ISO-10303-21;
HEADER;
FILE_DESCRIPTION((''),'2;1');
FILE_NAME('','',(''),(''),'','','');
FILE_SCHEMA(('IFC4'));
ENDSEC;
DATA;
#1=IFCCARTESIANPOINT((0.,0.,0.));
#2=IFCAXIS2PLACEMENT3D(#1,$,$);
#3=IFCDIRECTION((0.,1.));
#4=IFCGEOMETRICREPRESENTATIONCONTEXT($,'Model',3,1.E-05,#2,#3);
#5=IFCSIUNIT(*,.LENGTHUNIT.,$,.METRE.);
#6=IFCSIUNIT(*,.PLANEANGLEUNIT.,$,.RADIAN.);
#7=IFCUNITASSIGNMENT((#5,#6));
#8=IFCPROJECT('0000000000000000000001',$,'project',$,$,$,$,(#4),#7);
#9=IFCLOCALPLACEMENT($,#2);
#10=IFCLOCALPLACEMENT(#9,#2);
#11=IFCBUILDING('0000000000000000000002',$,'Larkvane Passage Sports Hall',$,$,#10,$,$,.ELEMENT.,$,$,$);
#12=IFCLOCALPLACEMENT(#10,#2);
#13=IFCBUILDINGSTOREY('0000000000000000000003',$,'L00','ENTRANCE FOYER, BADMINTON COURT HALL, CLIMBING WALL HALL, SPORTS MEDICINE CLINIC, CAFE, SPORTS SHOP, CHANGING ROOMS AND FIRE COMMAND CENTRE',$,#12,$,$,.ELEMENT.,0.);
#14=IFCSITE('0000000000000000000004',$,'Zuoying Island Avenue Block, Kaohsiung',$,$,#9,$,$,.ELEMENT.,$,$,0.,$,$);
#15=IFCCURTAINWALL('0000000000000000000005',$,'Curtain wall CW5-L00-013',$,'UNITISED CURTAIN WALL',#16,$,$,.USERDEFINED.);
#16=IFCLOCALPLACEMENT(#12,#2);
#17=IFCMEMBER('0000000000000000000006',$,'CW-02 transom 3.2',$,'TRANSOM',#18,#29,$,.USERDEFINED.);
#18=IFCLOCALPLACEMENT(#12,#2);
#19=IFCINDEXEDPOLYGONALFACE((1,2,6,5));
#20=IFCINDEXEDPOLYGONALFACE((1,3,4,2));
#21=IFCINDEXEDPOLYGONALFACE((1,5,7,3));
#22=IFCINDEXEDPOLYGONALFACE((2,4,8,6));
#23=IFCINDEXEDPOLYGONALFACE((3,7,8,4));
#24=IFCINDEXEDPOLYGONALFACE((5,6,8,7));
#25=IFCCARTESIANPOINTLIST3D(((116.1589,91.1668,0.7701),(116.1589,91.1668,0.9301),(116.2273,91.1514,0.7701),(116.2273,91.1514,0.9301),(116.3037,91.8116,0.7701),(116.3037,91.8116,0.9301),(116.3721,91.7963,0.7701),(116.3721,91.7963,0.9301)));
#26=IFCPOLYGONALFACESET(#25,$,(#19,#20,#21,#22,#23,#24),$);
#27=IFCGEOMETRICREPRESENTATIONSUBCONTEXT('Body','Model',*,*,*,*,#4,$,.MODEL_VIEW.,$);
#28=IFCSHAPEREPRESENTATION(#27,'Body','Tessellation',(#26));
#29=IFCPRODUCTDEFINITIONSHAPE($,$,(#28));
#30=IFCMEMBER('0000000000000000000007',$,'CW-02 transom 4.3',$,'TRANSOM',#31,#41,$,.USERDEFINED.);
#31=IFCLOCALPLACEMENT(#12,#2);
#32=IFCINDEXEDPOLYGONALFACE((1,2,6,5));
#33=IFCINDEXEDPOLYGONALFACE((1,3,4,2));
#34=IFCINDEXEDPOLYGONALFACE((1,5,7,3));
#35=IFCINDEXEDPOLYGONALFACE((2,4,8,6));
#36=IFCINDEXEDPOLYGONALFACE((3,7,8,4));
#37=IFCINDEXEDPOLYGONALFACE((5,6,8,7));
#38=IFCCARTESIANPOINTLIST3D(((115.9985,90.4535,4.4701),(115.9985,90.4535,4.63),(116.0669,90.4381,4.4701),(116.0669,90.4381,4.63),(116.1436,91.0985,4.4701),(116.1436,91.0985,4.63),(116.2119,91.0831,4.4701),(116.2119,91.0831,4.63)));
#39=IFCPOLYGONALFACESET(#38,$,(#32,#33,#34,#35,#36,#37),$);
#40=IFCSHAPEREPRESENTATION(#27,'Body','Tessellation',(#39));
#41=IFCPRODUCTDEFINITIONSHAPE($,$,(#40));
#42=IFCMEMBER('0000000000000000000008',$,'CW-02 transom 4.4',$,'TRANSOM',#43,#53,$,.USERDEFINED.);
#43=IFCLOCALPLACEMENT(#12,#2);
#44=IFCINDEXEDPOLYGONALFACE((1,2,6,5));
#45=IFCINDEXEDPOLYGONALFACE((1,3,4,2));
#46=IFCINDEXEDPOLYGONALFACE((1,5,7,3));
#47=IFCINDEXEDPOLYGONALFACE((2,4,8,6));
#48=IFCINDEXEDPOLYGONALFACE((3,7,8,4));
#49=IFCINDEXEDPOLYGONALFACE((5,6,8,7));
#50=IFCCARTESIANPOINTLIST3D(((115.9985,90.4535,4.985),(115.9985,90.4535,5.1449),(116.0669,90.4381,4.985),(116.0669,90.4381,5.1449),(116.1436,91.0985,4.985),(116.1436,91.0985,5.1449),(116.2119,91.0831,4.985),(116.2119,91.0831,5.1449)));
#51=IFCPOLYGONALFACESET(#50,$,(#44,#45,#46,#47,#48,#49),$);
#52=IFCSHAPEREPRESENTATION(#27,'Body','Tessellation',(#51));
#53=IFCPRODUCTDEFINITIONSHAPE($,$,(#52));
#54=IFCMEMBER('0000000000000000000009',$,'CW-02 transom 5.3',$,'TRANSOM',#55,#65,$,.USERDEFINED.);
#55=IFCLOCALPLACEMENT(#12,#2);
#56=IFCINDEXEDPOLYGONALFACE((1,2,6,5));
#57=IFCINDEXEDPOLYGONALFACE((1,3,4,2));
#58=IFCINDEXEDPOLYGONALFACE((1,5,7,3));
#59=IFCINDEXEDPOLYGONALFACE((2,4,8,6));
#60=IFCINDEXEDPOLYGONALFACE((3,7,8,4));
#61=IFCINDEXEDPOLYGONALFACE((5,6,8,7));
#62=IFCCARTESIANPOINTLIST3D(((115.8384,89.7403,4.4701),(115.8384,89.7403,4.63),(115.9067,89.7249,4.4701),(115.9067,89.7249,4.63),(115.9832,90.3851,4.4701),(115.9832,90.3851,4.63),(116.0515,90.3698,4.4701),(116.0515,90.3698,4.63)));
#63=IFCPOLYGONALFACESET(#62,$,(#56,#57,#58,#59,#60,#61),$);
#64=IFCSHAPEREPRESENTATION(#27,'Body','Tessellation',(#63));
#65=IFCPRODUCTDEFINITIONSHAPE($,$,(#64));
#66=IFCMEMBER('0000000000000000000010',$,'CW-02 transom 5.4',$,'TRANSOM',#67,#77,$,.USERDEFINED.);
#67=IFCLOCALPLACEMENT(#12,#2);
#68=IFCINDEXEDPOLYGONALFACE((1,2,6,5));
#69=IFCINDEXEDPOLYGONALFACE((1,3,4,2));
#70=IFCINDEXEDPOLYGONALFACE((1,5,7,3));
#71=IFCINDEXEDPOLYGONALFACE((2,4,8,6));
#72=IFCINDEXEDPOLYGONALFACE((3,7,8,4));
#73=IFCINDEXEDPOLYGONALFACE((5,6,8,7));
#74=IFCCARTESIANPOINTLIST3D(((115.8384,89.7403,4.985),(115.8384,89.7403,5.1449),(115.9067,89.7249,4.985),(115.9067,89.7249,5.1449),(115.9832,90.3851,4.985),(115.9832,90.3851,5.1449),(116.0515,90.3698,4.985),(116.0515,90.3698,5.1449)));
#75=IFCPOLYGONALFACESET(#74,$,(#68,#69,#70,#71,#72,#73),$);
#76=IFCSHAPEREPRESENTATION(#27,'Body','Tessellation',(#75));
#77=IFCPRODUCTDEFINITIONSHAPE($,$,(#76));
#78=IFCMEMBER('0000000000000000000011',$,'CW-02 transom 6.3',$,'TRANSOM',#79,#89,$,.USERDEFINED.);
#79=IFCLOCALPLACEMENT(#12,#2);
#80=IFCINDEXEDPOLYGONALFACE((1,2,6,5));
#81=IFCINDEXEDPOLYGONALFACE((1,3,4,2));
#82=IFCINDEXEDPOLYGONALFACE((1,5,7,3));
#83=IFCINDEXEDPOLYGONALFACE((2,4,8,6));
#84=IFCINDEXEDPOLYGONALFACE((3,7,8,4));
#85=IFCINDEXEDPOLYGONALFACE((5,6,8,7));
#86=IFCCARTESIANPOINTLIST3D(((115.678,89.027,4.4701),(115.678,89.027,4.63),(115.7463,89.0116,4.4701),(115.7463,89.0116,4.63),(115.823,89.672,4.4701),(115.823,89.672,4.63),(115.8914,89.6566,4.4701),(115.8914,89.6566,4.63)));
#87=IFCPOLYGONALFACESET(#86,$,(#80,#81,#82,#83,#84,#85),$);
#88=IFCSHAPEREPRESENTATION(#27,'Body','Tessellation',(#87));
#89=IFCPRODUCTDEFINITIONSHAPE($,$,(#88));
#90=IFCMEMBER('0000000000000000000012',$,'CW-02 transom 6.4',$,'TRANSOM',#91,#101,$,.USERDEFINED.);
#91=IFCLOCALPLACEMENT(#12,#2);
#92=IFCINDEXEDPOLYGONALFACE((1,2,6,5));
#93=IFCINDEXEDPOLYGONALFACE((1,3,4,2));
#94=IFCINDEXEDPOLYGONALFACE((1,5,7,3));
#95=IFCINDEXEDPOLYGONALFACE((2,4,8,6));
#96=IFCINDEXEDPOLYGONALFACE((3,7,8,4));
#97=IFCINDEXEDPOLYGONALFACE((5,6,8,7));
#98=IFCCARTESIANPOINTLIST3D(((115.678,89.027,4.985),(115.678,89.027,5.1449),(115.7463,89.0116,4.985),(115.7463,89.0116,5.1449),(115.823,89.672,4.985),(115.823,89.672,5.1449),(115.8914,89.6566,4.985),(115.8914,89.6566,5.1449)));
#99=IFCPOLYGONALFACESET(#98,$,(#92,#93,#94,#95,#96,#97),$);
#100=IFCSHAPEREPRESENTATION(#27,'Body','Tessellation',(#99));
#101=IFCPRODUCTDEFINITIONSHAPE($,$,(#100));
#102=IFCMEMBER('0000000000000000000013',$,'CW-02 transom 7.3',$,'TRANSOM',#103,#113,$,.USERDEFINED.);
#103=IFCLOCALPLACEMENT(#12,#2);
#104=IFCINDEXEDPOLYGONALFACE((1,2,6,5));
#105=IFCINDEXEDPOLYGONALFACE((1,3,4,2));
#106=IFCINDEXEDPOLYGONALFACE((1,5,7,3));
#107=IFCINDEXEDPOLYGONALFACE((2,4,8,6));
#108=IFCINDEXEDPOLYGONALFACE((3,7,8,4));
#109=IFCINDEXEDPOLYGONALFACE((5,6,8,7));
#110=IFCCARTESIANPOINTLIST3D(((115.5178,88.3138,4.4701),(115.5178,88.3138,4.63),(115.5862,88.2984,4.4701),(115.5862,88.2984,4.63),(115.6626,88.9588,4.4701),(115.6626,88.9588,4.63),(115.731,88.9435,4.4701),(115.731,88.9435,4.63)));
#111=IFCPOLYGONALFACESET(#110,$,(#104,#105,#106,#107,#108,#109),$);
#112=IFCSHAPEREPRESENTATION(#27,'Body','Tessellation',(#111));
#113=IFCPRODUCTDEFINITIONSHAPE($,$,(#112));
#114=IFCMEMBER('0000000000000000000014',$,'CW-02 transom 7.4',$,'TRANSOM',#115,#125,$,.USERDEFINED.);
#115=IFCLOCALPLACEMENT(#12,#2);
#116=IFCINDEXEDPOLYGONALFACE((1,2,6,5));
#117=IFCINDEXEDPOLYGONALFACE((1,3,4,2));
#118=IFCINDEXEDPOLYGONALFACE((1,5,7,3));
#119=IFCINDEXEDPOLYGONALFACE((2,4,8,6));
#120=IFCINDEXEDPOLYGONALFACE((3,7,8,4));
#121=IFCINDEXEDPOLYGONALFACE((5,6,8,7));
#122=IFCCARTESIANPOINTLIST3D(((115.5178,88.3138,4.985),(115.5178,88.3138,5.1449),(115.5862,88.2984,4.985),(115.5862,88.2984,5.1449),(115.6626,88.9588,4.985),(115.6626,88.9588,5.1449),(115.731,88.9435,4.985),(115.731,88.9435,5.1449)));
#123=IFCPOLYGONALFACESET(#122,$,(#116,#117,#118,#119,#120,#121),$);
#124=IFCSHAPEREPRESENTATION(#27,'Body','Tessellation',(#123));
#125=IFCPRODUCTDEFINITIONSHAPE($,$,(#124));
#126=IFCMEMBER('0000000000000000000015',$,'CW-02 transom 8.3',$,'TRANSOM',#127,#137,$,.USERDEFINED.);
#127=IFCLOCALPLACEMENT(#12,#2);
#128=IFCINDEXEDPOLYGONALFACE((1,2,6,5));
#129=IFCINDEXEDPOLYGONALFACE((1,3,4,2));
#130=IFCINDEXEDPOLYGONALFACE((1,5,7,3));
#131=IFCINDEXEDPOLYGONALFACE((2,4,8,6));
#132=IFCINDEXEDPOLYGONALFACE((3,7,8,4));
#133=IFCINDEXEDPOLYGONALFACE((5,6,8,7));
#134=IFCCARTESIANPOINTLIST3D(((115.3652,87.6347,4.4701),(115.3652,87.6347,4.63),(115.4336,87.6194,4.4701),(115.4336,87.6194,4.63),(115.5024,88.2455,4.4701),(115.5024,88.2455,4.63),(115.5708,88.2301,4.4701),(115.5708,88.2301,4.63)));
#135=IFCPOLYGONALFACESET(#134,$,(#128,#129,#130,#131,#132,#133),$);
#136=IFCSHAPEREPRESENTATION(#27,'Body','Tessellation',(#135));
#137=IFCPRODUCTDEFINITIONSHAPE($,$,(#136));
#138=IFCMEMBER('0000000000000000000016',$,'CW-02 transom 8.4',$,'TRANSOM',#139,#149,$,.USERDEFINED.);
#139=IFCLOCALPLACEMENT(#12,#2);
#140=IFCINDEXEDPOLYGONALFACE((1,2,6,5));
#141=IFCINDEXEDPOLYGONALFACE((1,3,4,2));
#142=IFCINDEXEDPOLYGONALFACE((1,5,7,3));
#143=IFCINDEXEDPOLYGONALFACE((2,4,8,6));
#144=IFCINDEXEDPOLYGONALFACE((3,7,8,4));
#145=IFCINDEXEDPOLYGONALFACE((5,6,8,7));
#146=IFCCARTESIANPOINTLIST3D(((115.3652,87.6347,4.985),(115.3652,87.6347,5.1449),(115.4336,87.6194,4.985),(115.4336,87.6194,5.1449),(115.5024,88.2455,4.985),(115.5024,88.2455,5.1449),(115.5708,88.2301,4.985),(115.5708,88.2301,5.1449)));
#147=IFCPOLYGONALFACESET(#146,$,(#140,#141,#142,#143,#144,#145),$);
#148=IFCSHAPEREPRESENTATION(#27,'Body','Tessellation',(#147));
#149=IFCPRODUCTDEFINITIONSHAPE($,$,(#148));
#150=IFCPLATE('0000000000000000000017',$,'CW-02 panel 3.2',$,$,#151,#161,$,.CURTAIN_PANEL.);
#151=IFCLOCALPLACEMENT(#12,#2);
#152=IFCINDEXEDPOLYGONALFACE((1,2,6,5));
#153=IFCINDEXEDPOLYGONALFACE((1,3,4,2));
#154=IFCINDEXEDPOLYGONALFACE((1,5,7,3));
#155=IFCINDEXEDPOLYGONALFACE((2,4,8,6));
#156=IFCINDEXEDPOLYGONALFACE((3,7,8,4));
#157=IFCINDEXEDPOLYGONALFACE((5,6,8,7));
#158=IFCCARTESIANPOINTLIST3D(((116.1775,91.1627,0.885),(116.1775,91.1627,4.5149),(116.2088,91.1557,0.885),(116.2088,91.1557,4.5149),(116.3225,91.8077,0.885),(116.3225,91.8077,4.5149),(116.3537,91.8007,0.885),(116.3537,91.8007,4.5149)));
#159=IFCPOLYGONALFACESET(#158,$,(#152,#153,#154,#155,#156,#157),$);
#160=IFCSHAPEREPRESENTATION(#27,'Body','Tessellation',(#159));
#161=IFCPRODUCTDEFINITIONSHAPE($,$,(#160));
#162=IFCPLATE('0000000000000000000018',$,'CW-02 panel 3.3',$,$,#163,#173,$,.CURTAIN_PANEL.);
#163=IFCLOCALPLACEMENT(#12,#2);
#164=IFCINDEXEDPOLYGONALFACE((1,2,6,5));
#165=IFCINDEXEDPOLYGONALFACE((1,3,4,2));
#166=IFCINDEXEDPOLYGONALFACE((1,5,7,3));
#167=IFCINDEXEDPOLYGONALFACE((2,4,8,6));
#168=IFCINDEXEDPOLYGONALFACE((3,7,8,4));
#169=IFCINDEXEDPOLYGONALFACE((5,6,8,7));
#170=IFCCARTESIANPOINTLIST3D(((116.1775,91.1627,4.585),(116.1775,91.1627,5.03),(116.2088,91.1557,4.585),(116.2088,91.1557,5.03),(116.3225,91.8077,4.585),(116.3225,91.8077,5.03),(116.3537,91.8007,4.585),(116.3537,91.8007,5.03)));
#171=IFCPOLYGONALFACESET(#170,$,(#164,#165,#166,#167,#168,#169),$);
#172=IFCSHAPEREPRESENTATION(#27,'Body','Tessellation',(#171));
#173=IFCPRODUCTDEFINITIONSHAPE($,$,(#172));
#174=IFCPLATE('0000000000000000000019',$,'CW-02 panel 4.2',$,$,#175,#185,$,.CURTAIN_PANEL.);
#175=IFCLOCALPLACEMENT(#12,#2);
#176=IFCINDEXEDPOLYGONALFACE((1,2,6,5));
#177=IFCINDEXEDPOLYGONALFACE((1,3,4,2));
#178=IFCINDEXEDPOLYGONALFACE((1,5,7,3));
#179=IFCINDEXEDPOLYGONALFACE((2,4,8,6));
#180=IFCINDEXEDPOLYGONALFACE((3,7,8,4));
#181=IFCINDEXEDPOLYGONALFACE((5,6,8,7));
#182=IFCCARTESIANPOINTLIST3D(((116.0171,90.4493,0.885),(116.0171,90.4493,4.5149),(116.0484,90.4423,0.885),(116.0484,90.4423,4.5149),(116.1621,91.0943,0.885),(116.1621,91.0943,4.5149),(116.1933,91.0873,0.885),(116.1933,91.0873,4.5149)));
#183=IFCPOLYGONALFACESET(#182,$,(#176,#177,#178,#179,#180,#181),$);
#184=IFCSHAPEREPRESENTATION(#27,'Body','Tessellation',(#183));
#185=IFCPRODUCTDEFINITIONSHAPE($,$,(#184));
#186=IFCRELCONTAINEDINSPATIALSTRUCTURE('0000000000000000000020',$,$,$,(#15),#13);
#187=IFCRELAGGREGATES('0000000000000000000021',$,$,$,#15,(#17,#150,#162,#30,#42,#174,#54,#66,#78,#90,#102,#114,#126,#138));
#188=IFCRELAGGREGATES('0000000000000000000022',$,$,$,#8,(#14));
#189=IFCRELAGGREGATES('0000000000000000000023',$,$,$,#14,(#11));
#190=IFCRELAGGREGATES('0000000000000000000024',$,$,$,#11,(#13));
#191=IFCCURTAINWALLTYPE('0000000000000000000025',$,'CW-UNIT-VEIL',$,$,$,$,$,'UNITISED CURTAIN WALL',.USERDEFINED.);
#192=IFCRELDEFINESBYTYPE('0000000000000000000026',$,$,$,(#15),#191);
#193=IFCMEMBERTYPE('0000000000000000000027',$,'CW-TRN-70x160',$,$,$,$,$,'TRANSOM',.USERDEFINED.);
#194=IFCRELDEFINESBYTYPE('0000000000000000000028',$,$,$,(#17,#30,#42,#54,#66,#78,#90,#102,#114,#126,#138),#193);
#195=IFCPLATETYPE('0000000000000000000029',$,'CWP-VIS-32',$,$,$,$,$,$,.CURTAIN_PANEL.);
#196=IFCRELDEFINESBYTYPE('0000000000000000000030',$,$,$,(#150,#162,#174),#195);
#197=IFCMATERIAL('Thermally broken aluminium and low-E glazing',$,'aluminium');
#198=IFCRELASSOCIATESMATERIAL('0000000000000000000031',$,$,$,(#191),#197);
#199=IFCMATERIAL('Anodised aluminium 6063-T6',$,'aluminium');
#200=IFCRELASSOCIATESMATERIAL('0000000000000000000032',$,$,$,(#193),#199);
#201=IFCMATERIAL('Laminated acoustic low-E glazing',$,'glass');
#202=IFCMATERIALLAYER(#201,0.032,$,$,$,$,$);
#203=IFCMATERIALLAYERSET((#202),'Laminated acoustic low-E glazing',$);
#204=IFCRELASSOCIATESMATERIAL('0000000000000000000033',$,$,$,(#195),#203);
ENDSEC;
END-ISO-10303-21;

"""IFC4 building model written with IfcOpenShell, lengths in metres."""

from ifc_helpers import new_model, si_unit, direction, frame, origin, origin_2d, place, context, subcontext, project, spatial, rectangle, extrude, material, layer, layer_set, material_profile, profile_set, type_object, element, aggregate, save


model = new_model("IFC4")

# Units and contexts
model_context = context("Model", 3, precision=1e-05, world=origin(), true_north=direction((0.0, 1.0)))
body_context = subcontext(model_context, "Body", "Model", "MODEL_VIEW")
ifc_project = project(units=[si_unit("LENGTHUNIT", "METRE"), si_unit("PLANEANGLEUNIT", "RADIAN")], contexts=[model_context])

# Site, building, storey
site_placement = place(None, origin())
site = spatial("IfcSite", under=ifc_project, at=site_placement, Name="Zuoying Island Avenue Block, Kaohsiung", CompositionType="ELEMENT", RefElevation=0.0)
building_placement = place(site_placement, origin())
building = spatial("IfcBuilding", under=site, at=building_placement, Name="Larkvane Passage Sports Hall", CompositionType="ELEMENT")
storey_placement = place(building_placement, origin())
storey = spatial("IfcBuildingStorey", under=building, at=storey_placement, Name="L00", Description="ENTRANCE FOYER, BADMINTON COURT HALL, CLIMBING WALL HALL, SPORTS MEDICINE CLINIC, CAFE, SPORTS SHOP, CHANGING ROOMS AND FIRE COMMAND CENTRE", CompositionType="ELEMENT", Elevation=0.0)

# Curtain wall, members, plates
ifc_material_1 = material(Name="Thermally broken aluminium and low-E glazing", Category="aluminium")
curtain_wall_type = type_object("IfcCurtainWallType", Name="CW-UNIT-VEIL", ElementType="UNITISED CURTAIN WALL", PredefinedType="USERDEFINED", material=ifc_material_1)
curtain_wall_placement = place(storey_placement, origin())
curtain_wall = element("IfcCurtainWall", 1, at=curtain_wall_placement, inside=storey, type_object=curtain_wall_type, Name="Curtain wall CW5-L00-013", ObjectType="UNITISED CURTAIN WALL", PredefinedType="USERDEFINED")
ifc_material_2 = material(Name="Anodised aluminium 6063-T6", Category="aluminium")
ifc_material_profile = material_profile(ifc_material_2, rectangle(XDim=0.0701, YDim=0.1599, at=origin_2d()), Name="ALU-TRN-70x160")
ifc_profile_set = profile_set([ifc_material_profile], Name="Anodised aluminium 6063-T6")
member_type = type_object("IfcMemberType", Name="CW-TRN-70x160", ElementType="TRANSOM", PredefinedType="USERDEFINED", material=ifc_profile_set)
member_1_placement = place(storey_placement, frame((116.3379, 91.804, 0.8501), z_axis=(-0.219081, -0.975707, 0.0), x_axis=(0.975707, -0.219081, 0.0)))
member_1 = element("IfcMember", 2, at=member_1_placement, type_object=member_type, Name="CW-02 transom 3.2", ObjectType="TRANSOM", PredefinedType="USERDEFINED", context=body_context, shape_type="SweptSolid", body=[
    extrude(rectangle(XDim=0.0701, YDim=0.1599, at=origin_2d()), origin(), (0.0, 0.0, 1.0), 0.6609),
])
member_2_placement = place(storey_placement, frame((116.1777, 91.0908, 4.55), z_axis=(-0.219354, -0.975645, 0.0), x_axis=(0.975645, -0.219354, 0.0)))
member_2 = element("IfcMember", 3, at=member_2_placement, type_object=member_type, Name="CW-02 transom 4.3", ObjectType="TRANSOM", PredefinedType="USERDEFINED", context=body_context, shape_type="SweptSolid", body=[
    extrude(rectangle(XDim=0.0701, YDim=0.1599, at=origin_2d()), origin(), (0.0, 0.0, 1.0), 0.6611),
])
member_3_placement = place(storey_placement, frame((116.1777, 91.0908, 5.0649), z_axis=(-0.219354, -0.975645, 0.0), x_axis=(0.975645, -0.219354, 0.0)))
member_3 = element("IfcMember", 4, at=member_3_placement, type_object=member_type, Name="CW-02 transom 4.4", ObjectType="TRANSOM", PredefinedType="USERDEFINED", context=body_context, shape_type="SweptSolid", body=[
    extrude(rectangle(XDim=0.0701, YDim=0.1599, at=origin_2d()), origin(), (0.0, 0.0, 1.0), 0.6611),
])
member_4_placement = place(storey_placement, frame((116.0173, 90.3774, 4.55), z_axis=(-0.219081, -0.975707, 0.0), x_axis=(0.975707, -0.219081, 0.0)))
member_4 = element("IfcMember", 5, at=member_4_placement, type_object=member_type, Name="CW-02 transom 5.3", ObjectType="TRANSOM", PredefinedType="USERDEFINED", context=body_context, shape_type="SweptSolid", body=[
    extrude(rectangle(XDim=0.0701, YDim=0.1599, at=origin_2d()), origin(), (0.0, 0.0, 1.0), 0.6609),
])
member_5_placement = place(storey_placement, frame((116.0173, 90.3774, 5.0649), z_axis=(-0.219081, -0.975707, 0.0), x_axis=(0.975707, -0.219081, 0.0)))
member_5 = element("IfcMember", 6, at=member_5_placement, type_object=member_type, Name="CW-02 transom 5.4", ObjectType="TRANSOM", PredefinedType="USERDEFINED", context=body_context, shape_type="SweptSolid", body=[
    extrude(rectangle(XDim=0.0701, YDim=0.1599, at=origin_2d()), origin(), (0.0, 0.0, 1.0), 0.6609),
])
member_6_placement = place(storey_placement, frame((115.8572, 89.6643, 4.55), z_axis=(-0.219354, -0.975645, 0.0), x_axis=(0.975645, -0.219354, 0.0)))
member_6 = element("IfcMember", 7, at=member_6_placement, type_object=member_type, Name="CW-02 transom 6.3", ObjectType="TRANSOM", PredefinedType="USERDEFINED", context=body_context, shape_type="SweptSolid", body=[
    extrude(rectangle(XDim=0.0701, YDim=0.1599, at=origin_2d()), origin(), (0.0, 0.0, 1.0), 0.6611),
])
member_7_placement = place(storey_placement, frame((115.8572, 89.6643, 5.0649), z_axis=(-0.219354, -0.975645, 0.0), x_axis=(0.975645, -0.219354, 0.0)))
member_7 = element("IfcMember", 8, at=member_7_placement, type_object=member_type, Name="CW-02 transom 6.4", ObjectType="TRANSOM", PredefinedType="USERDEFINED", context=body_context, shape_type="SweptSolid", body=[
    extrude(rectangle(XDim=0.0701, YDim=0.1599, at=origin_2d()), origin(), (0.0, 0.0, 1.0), 0.6611),
])
member_8_placement = place(storey_placement, frame((115.6968, 88.9512, 4.55), z_axis=(-0.219002, -0.975724, 0.0), x_axis=(0.975724, -0.219002, 0.0)))
member_8 = element("IfcMember", 9, at=member_8_placement, type_object=member_type, Name="CW-02 transom 7.3", ObjectType="TRANSOM", PredefinedType="USERDEFINED", context=body_context, shape_type="SweptSolid", body=[
    extrude(rectangle(XDim=0.0701, YDim=0.1599, at=origin_2d()), origin(), (0.0, 0.0, 1.0), 0.6611),
])
member_9_placement = place(storey_placement, frame((115.6968, 88.9512, 5.0649), z_axis=(-0.219002, -0.975724, 0.0), x_axis=(0.975724, -0.219002, 0.0)))
member_9 = element("IfcMember", 10, at=member_9_placement, type_object=member_type, Name="CW-02 transom 7.4", ObjectType="TRANSOM", PredefinedType="USERDEFINED", context=body_context, shape_type="SweptSolid", body=[
    extrude(rectangle(XDim=0.0701, YDim=0.1599, at=origin_2d()), origin(), (0.0, 0.0, 1.0), 0.6611),
])
member_10_placement = place(storey_placement, frame((115.5366, 88.2378, 4.55), z_axis=(-0.21916, -0.975689, 0.0), x_axis=(0.975689, -0.21916, 0.0)))
member_10 = element("IfcMember", 11, at=member_10_placement, type_object=member_type, Name="CW-02 transom 8.3", ObjectType="TRANSOM", PredefinedType="USERDEFINED", context=body_context, shape_type="SweptSolid", body=[
    extrude(rectangle(XDim=0.0701, YDim=0.1599, at=origin_2d()), origin(), (0.0, 0.0, 1.0), 0.626),
])
member_11_placement = place(storey_placement, frame((115.5366, 88.2378, 5.0649), z_axis=(-0.21916, -0.975689, 0.0), x_axis=(0.975689, -0.21916, 0.0)))
member_11 = element("IfcMember", 12, at=member_11_placement, type_object=member_type, Name="CW-02 transom 8.4", ObjectType="TRANSOM", PredefinedType="USERDEFINED", context=body_context, shape_type="SweptSolid", body=[
    extrude(rectangle(XDim=0.0701, YDim=0.1599, at=origin_2d()), origin(), (0.0, 0.0, 1.0), 0.626),
])
ifc_material_3 = material(Name="Laminated acoustic low-E glazing", Category="glass")
ifc_layer = layer(ifc_material_3, 0.032)
ifc_layer_set = layer_set([ifc_layer], Name="Laminated acoustic low-E glazing")
plate_type = type_object("IfcPlateType", Name="CWP-VIS-32", PredefinedType="CURTAIN_PANEL", material=ifc_layer_set)
plate_1_placement = place(storey_placement, frame((116.2656, 91.4817, 0.885), z_axis=(0.0, 0.0, 1.0), x_axis=(-0.219244, -0.97567, 0.0)))
plate_1 = element("IfcPlate", 13, at=plate_1_placement, type_object=plate_type, Name="CW-02 panel 3.2", PredefinedType="CURTAIN_PANEL", context=body_context, shape_type="SweptSolid", body=[
    extrude(rectangle(XDim=0.6611, YDim=0.032, at=origin_2d()), origin(), (0.0, 0.0, 1.0), 3.6299),
])
plate_2_placement = place(storey_placement, frame((116.2656, 91.4817, 4.585), z_axis=(0.0, 0.0, 1.0), x_axis=(-0.219244, -0.97567, 0.0)))
plate_2 = element("IfcPlate", 14, at=plate_2_placement, type_object=plate_type, Name="CW-02 panel 3.3", PredefinedType="CURTAIN_PANEL", context=body_context, shape_type="SweptSolid", body=[
    extrude(rectangle(XDim=0.6611, YDim=0.032, at=origin_2d()), origin(), (0.0, 0.0, 1.0), 0.4451),
])
plate_3_placement = place(storey_placement, frame((116.1052, 90.7683, 0.885), z_axis=(0.0, 0.0, 1.0), x_axis=(-0.219244, -0.97567, 0.0)))
plate_3 = element("IfcPlate", 15, at=plate_3_placement, type_object=plate_type, Name="CW-02 panel 4.2", PredefinedType="CURTAIN_PANEL", context=body_context, shape_type="SweptSolid", body=[
    extrude(rectangle(XDim=0.6611, YDim=0.032, at=origin_2d()), origin(), (0.0, 0.0, 1.0), 3.6299),
])
aggregate(curtain_wall, [member_1, plate_1, plate_2, member_2, member_3, plate_3, member_4, member_5, member_6, member_7, member_8, member_9, member_10, member_11])

save(model, "model.ifc")
